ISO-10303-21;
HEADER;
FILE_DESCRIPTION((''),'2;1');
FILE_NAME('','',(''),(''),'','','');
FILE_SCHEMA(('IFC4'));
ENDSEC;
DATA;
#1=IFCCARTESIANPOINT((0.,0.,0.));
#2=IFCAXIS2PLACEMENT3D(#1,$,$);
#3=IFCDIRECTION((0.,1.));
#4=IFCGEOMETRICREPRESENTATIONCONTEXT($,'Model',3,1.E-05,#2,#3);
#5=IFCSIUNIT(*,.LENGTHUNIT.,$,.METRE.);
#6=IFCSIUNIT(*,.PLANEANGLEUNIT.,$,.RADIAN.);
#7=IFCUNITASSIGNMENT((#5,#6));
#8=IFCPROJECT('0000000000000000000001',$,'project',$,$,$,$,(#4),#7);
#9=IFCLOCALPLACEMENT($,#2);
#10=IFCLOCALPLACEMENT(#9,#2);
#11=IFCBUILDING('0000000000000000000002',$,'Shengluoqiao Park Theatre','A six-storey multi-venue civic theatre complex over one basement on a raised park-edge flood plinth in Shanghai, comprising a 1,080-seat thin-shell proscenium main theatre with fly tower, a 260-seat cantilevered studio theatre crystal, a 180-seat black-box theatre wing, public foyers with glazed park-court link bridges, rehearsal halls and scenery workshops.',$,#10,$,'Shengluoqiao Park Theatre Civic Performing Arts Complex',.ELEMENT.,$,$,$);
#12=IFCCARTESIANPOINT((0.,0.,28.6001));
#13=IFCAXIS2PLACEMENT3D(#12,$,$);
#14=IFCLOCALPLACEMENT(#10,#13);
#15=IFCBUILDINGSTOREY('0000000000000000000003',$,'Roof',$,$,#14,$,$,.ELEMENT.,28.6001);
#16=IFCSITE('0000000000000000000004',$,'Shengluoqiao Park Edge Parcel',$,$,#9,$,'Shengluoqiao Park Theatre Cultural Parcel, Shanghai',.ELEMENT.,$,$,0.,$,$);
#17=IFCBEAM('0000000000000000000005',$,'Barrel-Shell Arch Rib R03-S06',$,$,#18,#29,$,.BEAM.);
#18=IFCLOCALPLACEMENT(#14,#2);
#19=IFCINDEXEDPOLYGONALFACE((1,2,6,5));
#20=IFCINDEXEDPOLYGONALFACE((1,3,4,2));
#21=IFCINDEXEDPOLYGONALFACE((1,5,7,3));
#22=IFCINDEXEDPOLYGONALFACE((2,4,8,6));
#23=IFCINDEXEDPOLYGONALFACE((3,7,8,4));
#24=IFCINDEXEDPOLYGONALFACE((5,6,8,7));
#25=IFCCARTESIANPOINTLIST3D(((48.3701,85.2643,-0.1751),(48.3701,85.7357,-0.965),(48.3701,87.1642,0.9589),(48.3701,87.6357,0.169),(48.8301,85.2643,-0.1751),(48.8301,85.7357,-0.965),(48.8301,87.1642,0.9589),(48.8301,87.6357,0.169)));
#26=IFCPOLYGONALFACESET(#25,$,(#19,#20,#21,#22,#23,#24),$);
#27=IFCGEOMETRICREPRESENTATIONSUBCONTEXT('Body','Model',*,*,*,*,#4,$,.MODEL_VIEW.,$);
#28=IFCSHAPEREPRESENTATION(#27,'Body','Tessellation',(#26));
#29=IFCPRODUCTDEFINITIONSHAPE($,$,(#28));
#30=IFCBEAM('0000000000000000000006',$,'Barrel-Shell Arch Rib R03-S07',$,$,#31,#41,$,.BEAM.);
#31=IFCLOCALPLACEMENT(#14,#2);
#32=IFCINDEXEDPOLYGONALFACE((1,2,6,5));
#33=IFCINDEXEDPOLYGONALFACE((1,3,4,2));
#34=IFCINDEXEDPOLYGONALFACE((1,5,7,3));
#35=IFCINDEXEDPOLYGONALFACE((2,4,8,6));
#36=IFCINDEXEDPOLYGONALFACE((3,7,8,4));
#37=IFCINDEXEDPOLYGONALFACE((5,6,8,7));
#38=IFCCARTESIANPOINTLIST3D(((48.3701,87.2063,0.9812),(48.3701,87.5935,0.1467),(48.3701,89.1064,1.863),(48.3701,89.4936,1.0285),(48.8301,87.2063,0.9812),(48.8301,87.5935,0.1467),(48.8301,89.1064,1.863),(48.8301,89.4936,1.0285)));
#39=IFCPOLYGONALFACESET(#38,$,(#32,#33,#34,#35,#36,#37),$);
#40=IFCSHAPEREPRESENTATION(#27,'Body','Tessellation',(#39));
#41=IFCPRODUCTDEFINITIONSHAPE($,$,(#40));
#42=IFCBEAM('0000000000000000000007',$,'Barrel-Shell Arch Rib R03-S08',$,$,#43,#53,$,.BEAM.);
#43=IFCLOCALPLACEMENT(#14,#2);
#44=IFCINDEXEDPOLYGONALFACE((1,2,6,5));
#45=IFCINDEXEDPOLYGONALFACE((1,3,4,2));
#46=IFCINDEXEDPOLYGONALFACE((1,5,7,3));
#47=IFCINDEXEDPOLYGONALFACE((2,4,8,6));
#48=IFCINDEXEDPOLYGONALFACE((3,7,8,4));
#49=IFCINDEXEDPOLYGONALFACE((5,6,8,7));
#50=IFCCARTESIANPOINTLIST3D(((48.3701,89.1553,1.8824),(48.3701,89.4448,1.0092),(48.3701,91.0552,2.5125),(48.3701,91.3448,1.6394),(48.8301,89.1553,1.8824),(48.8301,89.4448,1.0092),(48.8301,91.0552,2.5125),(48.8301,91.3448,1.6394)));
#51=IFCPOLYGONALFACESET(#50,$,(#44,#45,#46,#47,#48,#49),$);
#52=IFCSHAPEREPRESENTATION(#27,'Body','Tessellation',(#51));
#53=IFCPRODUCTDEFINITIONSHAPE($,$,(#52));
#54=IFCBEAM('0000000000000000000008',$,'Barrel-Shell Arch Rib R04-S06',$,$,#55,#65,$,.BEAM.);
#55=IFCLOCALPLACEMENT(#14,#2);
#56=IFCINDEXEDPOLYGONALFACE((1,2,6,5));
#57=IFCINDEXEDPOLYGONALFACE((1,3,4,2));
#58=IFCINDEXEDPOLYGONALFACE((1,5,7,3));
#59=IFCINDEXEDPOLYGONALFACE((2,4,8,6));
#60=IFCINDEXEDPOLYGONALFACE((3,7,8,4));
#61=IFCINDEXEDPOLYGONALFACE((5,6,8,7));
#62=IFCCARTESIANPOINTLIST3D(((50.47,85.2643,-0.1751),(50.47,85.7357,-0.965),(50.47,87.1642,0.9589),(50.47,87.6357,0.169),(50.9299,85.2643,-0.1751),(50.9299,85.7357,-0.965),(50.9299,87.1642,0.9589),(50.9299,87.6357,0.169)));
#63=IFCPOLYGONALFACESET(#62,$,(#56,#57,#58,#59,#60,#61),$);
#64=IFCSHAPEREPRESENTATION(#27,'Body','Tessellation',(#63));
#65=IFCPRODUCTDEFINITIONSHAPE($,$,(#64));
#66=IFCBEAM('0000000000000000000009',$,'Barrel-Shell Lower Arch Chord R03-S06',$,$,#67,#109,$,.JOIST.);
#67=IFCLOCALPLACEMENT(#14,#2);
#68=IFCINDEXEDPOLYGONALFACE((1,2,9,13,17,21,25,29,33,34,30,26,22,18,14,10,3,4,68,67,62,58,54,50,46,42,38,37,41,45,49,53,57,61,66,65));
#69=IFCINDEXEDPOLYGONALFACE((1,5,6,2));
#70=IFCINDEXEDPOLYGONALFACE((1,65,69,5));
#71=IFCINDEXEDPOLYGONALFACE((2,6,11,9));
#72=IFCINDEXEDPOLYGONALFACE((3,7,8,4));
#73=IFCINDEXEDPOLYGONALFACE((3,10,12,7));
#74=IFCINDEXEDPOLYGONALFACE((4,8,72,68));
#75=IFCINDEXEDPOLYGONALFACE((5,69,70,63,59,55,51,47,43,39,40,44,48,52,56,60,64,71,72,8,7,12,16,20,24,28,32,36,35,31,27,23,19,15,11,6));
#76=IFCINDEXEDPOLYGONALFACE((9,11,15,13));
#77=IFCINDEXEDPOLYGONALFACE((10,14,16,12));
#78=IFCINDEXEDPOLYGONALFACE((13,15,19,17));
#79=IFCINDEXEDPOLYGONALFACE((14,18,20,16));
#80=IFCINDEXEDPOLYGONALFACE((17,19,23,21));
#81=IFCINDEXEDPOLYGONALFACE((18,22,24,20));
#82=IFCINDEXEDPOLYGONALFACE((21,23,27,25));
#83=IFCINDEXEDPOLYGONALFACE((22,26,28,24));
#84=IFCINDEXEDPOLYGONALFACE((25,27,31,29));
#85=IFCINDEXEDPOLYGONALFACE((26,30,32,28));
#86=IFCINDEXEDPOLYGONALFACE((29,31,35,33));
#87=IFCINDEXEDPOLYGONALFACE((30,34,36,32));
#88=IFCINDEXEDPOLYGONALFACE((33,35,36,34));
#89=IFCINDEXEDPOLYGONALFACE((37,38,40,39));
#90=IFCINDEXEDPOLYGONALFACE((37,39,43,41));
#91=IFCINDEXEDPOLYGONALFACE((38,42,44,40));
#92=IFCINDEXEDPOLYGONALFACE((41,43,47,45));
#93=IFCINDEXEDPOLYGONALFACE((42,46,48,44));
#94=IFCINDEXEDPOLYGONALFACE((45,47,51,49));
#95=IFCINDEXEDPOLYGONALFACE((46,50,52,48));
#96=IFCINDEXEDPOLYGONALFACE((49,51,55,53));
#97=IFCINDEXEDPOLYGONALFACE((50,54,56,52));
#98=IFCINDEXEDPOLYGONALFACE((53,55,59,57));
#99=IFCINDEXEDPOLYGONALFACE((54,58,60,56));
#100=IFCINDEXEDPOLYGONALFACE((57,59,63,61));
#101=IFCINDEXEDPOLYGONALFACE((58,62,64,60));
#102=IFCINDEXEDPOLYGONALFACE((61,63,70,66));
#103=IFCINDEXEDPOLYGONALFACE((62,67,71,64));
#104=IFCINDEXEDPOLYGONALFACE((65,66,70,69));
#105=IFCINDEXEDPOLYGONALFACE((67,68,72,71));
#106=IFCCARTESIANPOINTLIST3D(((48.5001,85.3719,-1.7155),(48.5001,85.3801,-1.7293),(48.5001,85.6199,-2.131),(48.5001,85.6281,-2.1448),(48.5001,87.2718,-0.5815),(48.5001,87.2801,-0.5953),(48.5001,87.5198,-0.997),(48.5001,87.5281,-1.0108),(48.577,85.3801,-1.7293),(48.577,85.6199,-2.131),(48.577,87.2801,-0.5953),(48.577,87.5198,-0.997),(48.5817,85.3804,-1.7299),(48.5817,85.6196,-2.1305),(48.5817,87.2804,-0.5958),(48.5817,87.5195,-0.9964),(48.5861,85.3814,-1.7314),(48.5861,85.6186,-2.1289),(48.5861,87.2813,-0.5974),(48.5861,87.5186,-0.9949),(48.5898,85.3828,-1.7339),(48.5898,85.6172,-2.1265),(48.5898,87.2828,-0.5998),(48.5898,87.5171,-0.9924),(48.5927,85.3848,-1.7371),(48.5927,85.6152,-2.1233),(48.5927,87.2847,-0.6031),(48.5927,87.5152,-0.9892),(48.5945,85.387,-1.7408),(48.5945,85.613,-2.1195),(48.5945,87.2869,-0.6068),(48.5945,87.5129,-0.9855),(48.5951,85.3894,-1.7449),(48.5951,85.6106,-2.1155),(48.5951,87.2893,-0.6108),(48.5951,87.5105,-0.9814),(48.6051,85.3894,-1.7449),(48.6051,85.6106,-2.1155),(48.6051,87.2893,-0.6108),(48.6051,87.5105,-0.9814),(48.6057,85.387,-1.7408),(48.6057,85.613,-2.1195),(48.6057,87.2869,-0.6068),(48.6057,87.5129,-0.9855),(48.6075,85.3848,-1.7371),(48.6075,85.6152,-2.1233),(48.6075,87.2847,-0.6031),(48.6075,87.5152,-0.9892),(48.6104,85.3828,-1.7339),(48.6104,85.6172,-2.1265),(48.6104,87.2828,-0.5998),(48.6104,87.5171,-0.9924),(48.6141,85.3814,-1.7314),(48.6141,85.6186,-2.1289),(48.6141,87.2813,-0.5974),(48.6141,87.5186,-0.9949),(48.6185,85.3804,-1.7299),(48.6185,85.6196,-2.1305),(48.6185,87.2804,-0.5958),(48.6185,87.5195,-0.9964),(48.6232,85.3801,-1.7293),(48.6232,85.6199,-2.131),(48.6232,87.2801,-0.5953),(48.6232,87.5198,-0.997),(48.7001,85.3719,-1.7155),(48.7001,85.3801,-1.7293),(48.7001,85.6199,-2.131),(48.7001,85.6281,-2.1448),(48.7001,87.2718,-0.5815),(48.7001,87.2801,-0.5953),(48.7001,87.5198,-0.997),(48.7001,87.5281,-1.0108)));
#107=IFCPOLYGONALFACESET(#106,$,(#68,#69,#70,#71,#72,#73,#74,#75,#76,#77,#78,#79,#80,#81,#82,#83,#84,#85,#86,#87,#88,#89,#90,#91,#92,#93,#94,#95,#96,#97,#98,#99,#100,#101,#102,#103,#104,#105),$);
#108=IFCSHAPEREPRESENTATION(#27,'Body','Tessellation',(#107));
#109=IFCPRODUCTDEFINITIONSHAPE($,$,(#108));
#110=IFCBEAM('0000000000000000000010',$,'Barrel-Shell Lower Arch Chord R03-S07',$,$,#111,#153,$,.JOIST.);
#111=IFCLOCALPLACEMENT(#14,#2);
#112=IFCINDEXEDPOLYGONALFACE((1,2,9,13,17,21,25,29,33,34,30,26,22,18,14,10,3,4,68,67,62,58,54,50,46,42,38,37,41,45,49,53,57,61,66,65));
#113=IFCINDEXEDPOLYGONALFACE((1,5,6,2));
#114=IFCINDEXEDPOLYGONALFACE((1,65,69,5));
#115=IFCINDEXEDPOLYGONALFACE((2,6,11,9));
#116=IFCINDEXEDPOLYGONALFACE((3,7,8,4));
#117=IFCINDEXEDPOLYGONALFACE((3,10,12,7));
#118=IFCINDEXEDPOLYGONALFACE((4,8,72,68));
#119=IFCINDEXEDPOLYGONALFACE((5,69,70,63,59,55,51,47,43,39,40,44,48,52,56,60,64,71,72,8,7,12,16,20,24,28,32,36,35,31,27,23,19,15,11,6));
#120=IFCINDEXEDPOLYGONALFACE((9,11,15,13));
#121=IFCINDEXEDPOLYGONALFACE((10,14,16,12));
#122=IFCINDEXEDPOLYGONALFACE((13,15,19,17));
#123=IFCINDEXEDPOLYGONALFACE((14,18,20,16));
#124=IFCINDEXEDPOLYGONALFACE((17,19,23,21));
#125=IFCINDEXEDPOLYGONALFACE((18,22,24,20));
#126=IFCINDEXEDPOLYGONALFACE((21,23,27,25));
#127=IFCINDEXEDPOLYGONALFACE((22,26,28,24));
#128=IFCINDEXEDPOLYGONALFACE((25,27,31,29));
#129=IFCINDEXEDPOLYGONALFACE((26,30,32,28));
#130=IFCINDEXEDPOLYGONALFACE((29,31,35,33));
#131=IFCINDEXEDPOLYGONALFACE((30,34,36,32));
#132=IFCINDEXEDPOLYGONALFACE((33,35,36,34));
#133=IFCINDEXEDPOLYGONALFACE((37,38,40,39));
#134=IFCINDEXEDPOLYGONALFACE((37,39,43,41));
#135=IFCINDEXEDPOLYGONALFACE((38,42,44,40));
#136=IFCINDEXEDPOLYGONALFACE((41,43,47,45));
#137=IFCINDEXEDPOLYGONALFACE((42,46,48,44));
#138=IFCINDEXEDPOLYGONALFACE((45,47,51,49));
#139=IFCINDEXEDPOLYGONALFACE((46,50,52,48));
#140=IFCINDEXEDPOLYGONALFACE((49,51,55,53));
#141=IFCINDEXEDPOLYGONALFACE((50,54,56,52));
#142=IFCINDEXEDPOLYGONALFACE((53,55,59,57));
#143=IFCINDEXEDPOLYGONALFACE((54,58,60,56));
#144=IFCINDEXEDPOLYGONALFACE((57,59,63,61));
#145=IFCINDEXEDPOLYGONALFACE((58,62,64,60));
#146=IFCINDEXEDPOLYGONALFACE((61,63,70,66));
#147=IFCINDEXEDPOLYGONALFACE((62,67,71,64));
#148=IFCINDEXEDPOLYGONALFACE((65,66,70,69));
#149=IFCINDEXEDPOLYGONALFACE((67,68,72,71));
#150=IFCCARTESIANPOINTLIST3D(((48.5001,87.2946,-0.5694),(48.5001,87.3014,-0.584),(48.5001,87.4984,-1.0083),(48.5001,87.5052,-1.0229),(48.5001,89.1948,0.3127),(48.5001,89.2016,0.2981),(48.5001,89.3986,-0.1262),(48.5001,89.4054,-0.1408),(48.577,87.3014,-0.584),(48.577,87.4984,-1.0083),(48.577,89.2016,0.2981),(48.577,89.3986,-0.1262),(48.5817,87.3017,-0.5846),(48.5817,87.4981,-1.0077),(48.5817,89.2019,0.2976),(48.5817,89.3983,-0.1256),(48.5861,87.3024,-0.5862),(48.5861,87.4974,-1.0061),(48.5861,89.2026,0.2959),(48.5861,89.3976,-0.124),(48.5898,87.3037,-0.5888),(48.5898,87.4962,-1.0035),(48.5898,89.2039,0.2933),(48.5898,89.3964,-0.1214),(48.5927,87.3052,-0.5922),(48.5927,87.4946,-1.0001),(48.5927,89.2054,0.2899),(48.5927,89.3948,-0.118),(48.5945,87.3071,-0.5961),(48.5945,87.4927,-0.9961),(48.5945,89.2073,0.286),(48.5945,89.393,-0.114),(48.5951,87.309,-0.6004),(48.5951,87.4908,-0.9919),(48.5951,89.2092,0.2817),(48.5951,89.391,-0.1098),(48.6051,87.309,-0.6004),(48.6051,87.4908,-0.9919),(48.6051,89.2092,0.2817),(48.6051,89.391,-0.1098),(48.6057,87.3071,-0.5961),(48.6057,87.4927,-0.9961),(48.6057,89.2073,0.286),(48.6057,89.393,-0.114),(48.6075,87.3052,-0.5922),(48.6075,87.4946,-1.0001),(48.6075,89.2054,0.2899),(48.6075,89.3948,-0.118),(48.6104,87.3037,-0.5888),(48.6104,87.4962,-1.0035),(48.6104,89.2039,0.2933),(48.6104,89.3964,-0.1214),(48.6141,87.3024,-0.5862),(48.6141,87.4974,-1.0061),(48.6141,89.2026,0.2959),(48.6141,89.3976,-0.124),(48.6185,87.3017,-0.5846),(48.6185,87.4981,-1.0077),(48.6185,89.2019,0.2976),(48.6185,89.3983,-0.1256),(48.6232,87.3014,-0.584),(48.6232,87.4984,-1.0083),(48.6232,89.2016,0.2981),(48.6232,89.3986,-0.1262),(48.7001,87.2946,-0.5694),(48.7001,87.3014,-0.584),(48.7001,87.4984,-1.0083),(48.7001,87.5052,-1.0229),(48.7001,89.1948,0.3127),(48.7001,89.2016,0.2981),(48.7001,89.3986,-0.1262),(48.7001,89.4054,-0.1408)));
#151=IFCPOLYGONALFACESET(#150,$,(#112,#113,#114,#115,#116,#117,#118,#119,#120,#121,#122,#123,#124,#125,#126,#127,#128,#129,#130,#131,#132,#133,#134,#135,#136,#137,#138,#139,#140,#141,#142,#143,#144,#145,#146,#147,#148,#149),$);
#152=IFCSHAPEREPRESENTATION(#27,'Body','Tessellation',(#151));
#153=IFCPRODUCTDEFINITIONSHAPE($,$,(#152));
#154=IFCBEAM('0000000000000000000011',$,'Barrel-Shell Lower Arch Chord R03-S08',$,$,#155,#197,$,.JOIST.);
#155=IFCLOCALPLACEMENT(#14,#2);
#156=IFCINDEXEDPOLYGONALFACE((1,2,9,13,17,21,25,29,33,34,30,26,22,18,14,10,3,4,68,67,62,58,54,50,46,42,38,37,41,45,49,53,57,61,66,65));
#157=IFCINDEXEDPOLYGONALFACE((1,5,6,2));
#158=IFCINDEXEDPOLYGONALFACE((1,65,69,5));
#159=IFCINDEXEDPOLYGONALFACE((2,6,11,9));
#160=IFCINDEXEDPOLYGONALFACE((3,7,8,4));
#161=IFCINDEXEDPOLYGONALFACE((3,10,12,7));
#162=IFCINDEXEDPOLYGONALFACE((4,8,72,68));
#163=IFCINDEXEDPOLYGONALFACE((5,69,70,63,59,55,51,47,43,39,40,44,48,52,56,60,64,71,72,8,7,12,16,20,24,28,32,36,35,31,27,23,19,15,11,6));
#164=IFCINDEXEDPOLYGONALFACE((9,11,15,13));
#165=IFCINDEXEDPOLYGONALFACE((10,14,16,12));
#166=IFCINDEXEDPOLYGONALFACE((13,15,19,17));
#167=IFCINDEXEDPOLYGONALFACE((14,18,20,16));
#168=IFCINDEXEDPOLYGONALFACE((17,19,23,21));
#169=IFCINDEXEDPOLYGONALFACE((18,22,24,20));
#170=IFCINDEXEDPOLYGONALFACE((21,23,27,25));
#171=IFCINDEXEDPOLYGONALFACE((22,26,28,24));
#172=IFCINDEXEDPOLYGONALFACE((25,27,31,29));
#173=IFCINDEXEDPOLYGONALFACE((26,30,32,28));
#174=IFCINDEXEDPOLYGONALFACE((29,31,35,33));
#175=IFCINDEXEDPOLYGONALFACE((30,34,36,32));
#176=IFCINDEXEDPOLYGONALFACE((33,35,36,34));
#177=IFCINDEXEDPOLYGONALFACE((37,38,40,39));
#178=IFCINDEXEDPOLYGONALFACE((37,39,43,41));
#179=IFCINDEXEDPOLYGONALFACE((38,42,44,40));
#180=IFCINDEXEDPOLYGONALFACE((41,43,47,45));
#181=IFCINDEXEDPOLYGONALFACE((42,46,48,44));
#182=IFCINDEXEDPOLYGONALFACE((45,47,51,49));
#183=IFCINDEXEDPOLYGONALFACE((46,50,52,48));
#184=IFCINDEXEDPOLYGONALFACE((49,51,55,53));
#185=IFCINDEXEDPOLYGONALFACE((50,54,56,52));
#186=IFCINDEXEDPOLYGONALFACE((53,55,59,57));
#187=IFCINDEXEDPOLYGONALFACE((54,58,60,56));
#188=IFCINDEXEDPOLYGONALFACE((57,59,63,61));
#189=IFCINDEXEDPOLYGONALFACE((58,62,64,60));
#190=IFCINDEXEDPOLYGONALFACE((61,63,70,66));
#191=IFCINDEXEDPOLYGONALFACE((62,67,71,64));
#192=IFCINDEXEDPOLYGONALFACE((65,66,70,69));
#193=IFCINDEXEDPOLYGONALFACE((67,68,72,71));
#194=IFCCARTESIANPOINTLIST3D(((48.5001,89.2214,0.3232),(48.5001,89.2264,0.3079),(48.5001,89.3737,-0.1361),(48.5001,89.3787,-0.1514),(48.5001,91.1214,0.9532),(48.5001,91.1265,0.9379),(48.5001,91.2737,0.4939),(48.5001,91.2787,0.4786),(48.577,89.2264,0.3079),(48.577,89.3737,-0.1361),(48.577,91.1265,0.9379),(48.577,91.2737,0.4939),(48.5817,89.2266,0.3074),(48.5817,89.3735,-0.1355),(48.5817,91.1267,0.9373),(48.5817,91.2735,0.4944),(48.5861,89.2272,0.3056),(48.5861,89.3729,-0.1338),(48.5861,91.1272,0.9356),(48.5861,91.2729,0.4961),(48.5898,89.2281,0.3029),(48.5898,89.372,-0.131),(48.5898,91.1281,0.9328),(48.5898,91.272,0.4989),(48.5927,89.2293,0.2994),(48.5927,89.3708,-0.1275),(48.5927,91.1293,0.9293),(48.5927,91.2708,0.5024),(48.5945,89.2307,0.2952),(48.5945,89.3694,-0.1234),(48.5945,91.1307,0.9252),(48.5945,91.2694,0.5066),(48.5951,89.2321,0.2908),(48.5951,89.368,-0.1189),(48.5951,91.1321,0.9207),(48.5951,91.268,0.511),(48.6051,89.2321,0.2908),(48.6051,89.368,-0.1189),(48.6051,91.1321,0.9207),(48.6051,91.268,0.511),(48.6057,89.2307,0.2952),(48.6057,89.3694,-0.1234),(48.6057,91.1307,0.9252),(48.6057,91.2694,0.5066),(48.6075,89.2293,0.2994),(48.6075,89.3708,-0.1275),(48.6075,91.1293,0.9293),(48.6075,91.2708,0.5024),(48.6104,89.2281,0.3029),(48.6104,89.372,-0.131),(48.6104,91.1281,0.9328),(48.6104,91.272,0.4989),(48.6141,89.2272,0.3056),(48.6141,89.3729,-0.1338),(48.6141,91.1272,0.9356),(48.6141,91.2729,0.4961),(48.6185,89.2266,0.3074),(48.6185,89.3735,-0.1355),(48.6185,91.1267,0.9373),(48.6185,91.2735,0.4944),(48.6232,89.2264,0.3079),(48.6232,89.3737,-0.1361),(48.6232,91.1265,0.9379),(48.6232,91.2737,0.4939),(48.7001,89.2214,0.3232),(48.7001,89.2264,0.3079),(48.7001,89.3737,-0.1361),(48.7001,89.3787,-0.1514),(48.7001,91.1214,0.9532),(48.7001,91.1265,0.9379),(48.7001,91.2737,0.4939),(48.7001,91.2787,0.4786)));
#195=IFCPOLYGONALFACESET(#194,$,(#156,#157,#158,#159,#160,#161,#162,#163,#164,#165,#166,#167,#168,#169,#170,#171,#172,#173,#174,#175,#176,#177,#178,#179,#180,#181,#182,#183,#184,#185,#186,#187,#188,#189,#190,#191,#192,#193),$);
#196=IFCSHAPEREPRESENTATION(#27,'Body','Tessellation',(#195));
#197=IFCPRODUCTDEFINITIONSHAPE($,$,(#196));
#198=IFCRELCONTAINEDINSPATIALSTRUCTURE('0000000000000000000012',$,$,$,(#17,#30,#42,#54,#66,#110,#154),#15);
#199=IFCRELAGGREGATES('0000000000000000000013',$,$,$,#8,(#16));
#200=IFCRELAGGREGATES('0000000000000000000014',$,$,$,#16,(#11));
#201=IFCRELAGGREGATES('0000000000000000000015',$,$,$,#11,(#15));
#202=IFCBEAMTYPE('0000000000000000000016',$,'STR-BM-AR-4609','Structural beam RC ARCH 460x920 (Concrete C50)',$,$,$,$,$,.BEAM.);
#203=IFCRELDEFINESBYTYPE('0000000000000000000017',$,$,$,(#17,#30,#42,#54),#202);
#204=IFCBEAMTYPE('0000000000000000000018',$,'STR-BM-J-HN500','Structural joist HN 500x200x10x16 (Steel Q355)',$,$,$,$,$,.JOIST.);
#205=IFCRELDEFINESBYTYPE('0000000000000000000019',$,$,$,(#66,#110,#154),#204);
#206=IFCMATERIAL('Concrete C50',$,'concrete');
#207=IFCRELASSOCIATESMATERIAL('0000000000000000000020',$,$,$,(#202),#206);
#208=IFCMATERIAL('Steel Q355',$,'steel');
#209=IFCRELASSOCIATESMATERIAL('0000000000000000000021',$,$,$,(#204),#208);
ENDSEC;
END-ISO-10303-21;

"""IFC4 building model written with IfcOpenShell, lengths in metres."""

from ifc_helpers import new_model, si_unit, direction, frame, origin, origin_2d, place, context, subcontext, project, spatial, rectangle, i_section, extrude, material, material_profile, profile_set, type_object, element, save


model = new_model("IFC4")

# Units and contexts
model_context = context("Model", 3, precision=1e-05, world=origin(), true_north=direction((0.0, 1.0)))
body_context = subcontext(model_context, "Body", "Model", "MODEL_VIEW")
ifc_project = project(units=[si_unit("LENGTHUNIT", "METRE"), si_unit("PLANEANGLEUNIT", "RADIAN")], contexts=[model_context])

# Site, building, storey
site_placement = place(None, origin())
site = spatial("IfcSite", under=ifc_project, at=site_placement, Name="Shengluoqiao Park Edge Parcel", LongName="Shengluoqiao Park Theatre Cultural Parcel, Shanghai", CompositionType="ELEMENT", RefElevation=0.0)
building_placement = place(site_placement, origin())
building = spatial("IfcBuilding", under=site, at=building_placement, Name="Shengluoqiao Park Theatre", Description="A six-storey multi-venue civic theatre complex over one basement on a raised park-edge flood plinth in Shanghai, comprising a 1,080-seat thin-shell proscenium main theatre with fly tower, a 260-seat cantilevered studio theatre crystal, a 180-seat black-box theatre wing, public foyers with glazed park-court link bridges, rehearsal halls and scenery workshops.", LongName="Shengluoqiao Park Theatre Civic Performing Arts Complex", CompositionType="ELEMENT")
storey_placement = place(building_placement, frame((0.0, 0.0, 28.6001)))
storey = spatial("IfcBuildingStorey", under=building, at=storey_placement, Name="Roof", CompositionType="ELEMENT", Elevation=28.6001)

# Beams
ifc_material_1 = material(Name="Concrete C50", Category="concrete")
ifc_material_profile_1 = material_profile(ifc_material_1, rectangle(XDim=0.46, YDim=0.9199, at=origin_2d()), Name="RC ARCH 460x920")
ifc_profile_set_1 = profile_set([ifc_material_profile_1], Name="Concrete C50")
beam_type_1 = type_object("IfcBeamType", Name="STR-BM-AR-4609", Description="Structural beam RC ARCH 460x920 (Concrete C50)", PredefinedType="BEAM", material=ifc_profile_set_1)
beam_1_placement = place(storey_placement, frame((48.6001, 85.5, -0.5701), z_axis=(0.0, 0.858669, 0.512531), x_axis=(-1.0, 0.0, 0.0)))
element("IfcBeam", 1, at=beam_1_placement, inside=storey, type_object=beam_type_1, Name="Barrel-Shell Arch Rib R03-S06", PredefinedType="BEAM", context=body_context, shape_type="SweptSolid", body=[
    extrude(rectangle(XDim=0.46, YDim=0.9199, at=origin_2d()), origin(), (0.0, 0.0, 1.0), 2.2126),
])
beam_2_placement = place(storey_placement, frame((48.6001, 87.3999, 0.564), z_axis=(0.0, 0.907077, 0.420964), x_axis=(-1.0, 0.0, 0.0)))
element("IfcBeam", 2, at=beam_2_placement, inside=storey, type_object=beam_type_1, Name="Barrel-Shell Arch Rib R03-S07", PredefinedType="BEAM", context=body_context, shape_type="SweptSolid", body=[
    extrude(rectangle(XDim=0.46, YDim=0.9199, at=origin_2d()), origin(), (0.0, 0.0, 1.0), 2.0947),
])
beam_3_placement = place(storey_placement, frame((48.6001, 89.3, 1.4458), z_axis=(0.0, 0.949158, 0.3148), x_axis=(-1.0, 0.0, 0.0)))
element("IfcBeam", 3, at=beam_3_placement, inside=storey, type_object=beam_type_1, Name="Barrel-Shell Arch Rib R03-S08", PredefinedType="BEAM", context=body_context, shape_type="SweptSolid", body=[
    extrude(rectangle(XDim=0.46, YDim=0.9199, at=origin_2d()), origin(), (0.0, 0.0, 1.0), 2.0017),
])
beam_4_placement = place(storey_placement, frame((50.7, 85.5, -0.5701), z_axis=(0.0, 0.858669, 0.512531), x_axis=(-1.0, 0.0, 0.0)))
element("IfcBeam", 4, at=beam_4_placement, inside=storey, type_object=beam_type_1, Name="Barrel-Shell Arch Rib R04-S06", PredefinedType="BEAM", context=body_context, shape_type="SweptSolid", body=[
    extrude(rectangle(XDim=0.46, YDim=0.9199, at=origin_2d()), origin(), (0.0, 0.0, 1.0), 2.2126),
])
ifc_material_2 = material(Name="Steel Q355", Category="steel")
ifc_material_profile_2 = material_profile(ifc_material_2, i_section(OverallWidth=0.2, OverallDepth=0.5, WebThickness=0.01, FlangeThickness=0.0161, FilletRadius=0.0181, at=origin_2d()), Name="HN 500x200x10x16")
ifc_profile_set_2 = profile_set([ifc_material_profile_2], Name="Steel Q355")
beam_type_2 = type_object("IfcBeamType", Name="STR-BM-J-HN500", Description="Structural joist HN 500x200x10x16 (Steel Q355)", PredefinedType="JOIST", material=ifc_profile_set_2)
beam_5_placement = place(storey_placement, frame((48.6001, 85.5, -1.9302), z_axis=(0.0, 0.858669, 0.512531), x_axis=(-1.0, 0.0, 0.0)))
element("IfcBeam", 5, at=beam_5_placement, inside=storey, type_object=beam_type_2, Name="Barrel-Shell Lower Arch Chord R03-S06", PredefinedType="JOIST", context=body_context, shape_type="SweptSolid", body=[
    extrude(i_section(OverallWidth=0.2, OverallDepth=0.5, WebThickness=0.01, FlangeThickness=0.0161, FilletRadius=0.0181, at=origin_2d()), origin(), (0.0, 0.0, 1.0), 2.2126),
])
beam_6_placement = place(storey_placement, frame((48.6001, 87.3999, -0.7961), z_axis=(0.0, 0.907033, 0.42106), x_axis=(-1.0, 0.0, 0.0)))
element("IfcBeam", 6, at=beam_6_placement, inside=storey, type_object=beam_type_2, Name="Barrel-Shell Lower Arch Chord R03-S07", PredefinedType="JOIST", context=body_context, shape_type="SweptSolid", body=[
    extrude(i_section(OverallWidth=0.2, OverallDepth=0.5, WebThickness=0.01, FlangeThickness=0.0161, FilletRadius=0.0181, at=origin_2d()), origin(), (0.0, 0.0, 1.0), 2.095),
])
beam_7_placement = place(storey_placement, frame((48.6001, 89.3, 0.0859), z_axis=(0.0, 0.949194, 0.31469), x_axis=(-1.0, 0.0, 0.0)))
element("IfcBeam", 7, at=beam_7_placement, inside=storey, type_object=beam_type_2, Name="Barrel-Shell Lower Arch Chord R03-S08", PredefinedType="JOIST", context=body_context, shape_type="SweptSolid", body=[
    extrude(i_section(OverallWidth=0.2, OverallDepth=0.5, WebThickness=0.01, FlangeThickness=0.0161, FilletRadius=0.0181, at=origin_2d()), origin(), (0.0, 0.0, 1.0), 2.0017),
])

save(model, "model.ifc")
